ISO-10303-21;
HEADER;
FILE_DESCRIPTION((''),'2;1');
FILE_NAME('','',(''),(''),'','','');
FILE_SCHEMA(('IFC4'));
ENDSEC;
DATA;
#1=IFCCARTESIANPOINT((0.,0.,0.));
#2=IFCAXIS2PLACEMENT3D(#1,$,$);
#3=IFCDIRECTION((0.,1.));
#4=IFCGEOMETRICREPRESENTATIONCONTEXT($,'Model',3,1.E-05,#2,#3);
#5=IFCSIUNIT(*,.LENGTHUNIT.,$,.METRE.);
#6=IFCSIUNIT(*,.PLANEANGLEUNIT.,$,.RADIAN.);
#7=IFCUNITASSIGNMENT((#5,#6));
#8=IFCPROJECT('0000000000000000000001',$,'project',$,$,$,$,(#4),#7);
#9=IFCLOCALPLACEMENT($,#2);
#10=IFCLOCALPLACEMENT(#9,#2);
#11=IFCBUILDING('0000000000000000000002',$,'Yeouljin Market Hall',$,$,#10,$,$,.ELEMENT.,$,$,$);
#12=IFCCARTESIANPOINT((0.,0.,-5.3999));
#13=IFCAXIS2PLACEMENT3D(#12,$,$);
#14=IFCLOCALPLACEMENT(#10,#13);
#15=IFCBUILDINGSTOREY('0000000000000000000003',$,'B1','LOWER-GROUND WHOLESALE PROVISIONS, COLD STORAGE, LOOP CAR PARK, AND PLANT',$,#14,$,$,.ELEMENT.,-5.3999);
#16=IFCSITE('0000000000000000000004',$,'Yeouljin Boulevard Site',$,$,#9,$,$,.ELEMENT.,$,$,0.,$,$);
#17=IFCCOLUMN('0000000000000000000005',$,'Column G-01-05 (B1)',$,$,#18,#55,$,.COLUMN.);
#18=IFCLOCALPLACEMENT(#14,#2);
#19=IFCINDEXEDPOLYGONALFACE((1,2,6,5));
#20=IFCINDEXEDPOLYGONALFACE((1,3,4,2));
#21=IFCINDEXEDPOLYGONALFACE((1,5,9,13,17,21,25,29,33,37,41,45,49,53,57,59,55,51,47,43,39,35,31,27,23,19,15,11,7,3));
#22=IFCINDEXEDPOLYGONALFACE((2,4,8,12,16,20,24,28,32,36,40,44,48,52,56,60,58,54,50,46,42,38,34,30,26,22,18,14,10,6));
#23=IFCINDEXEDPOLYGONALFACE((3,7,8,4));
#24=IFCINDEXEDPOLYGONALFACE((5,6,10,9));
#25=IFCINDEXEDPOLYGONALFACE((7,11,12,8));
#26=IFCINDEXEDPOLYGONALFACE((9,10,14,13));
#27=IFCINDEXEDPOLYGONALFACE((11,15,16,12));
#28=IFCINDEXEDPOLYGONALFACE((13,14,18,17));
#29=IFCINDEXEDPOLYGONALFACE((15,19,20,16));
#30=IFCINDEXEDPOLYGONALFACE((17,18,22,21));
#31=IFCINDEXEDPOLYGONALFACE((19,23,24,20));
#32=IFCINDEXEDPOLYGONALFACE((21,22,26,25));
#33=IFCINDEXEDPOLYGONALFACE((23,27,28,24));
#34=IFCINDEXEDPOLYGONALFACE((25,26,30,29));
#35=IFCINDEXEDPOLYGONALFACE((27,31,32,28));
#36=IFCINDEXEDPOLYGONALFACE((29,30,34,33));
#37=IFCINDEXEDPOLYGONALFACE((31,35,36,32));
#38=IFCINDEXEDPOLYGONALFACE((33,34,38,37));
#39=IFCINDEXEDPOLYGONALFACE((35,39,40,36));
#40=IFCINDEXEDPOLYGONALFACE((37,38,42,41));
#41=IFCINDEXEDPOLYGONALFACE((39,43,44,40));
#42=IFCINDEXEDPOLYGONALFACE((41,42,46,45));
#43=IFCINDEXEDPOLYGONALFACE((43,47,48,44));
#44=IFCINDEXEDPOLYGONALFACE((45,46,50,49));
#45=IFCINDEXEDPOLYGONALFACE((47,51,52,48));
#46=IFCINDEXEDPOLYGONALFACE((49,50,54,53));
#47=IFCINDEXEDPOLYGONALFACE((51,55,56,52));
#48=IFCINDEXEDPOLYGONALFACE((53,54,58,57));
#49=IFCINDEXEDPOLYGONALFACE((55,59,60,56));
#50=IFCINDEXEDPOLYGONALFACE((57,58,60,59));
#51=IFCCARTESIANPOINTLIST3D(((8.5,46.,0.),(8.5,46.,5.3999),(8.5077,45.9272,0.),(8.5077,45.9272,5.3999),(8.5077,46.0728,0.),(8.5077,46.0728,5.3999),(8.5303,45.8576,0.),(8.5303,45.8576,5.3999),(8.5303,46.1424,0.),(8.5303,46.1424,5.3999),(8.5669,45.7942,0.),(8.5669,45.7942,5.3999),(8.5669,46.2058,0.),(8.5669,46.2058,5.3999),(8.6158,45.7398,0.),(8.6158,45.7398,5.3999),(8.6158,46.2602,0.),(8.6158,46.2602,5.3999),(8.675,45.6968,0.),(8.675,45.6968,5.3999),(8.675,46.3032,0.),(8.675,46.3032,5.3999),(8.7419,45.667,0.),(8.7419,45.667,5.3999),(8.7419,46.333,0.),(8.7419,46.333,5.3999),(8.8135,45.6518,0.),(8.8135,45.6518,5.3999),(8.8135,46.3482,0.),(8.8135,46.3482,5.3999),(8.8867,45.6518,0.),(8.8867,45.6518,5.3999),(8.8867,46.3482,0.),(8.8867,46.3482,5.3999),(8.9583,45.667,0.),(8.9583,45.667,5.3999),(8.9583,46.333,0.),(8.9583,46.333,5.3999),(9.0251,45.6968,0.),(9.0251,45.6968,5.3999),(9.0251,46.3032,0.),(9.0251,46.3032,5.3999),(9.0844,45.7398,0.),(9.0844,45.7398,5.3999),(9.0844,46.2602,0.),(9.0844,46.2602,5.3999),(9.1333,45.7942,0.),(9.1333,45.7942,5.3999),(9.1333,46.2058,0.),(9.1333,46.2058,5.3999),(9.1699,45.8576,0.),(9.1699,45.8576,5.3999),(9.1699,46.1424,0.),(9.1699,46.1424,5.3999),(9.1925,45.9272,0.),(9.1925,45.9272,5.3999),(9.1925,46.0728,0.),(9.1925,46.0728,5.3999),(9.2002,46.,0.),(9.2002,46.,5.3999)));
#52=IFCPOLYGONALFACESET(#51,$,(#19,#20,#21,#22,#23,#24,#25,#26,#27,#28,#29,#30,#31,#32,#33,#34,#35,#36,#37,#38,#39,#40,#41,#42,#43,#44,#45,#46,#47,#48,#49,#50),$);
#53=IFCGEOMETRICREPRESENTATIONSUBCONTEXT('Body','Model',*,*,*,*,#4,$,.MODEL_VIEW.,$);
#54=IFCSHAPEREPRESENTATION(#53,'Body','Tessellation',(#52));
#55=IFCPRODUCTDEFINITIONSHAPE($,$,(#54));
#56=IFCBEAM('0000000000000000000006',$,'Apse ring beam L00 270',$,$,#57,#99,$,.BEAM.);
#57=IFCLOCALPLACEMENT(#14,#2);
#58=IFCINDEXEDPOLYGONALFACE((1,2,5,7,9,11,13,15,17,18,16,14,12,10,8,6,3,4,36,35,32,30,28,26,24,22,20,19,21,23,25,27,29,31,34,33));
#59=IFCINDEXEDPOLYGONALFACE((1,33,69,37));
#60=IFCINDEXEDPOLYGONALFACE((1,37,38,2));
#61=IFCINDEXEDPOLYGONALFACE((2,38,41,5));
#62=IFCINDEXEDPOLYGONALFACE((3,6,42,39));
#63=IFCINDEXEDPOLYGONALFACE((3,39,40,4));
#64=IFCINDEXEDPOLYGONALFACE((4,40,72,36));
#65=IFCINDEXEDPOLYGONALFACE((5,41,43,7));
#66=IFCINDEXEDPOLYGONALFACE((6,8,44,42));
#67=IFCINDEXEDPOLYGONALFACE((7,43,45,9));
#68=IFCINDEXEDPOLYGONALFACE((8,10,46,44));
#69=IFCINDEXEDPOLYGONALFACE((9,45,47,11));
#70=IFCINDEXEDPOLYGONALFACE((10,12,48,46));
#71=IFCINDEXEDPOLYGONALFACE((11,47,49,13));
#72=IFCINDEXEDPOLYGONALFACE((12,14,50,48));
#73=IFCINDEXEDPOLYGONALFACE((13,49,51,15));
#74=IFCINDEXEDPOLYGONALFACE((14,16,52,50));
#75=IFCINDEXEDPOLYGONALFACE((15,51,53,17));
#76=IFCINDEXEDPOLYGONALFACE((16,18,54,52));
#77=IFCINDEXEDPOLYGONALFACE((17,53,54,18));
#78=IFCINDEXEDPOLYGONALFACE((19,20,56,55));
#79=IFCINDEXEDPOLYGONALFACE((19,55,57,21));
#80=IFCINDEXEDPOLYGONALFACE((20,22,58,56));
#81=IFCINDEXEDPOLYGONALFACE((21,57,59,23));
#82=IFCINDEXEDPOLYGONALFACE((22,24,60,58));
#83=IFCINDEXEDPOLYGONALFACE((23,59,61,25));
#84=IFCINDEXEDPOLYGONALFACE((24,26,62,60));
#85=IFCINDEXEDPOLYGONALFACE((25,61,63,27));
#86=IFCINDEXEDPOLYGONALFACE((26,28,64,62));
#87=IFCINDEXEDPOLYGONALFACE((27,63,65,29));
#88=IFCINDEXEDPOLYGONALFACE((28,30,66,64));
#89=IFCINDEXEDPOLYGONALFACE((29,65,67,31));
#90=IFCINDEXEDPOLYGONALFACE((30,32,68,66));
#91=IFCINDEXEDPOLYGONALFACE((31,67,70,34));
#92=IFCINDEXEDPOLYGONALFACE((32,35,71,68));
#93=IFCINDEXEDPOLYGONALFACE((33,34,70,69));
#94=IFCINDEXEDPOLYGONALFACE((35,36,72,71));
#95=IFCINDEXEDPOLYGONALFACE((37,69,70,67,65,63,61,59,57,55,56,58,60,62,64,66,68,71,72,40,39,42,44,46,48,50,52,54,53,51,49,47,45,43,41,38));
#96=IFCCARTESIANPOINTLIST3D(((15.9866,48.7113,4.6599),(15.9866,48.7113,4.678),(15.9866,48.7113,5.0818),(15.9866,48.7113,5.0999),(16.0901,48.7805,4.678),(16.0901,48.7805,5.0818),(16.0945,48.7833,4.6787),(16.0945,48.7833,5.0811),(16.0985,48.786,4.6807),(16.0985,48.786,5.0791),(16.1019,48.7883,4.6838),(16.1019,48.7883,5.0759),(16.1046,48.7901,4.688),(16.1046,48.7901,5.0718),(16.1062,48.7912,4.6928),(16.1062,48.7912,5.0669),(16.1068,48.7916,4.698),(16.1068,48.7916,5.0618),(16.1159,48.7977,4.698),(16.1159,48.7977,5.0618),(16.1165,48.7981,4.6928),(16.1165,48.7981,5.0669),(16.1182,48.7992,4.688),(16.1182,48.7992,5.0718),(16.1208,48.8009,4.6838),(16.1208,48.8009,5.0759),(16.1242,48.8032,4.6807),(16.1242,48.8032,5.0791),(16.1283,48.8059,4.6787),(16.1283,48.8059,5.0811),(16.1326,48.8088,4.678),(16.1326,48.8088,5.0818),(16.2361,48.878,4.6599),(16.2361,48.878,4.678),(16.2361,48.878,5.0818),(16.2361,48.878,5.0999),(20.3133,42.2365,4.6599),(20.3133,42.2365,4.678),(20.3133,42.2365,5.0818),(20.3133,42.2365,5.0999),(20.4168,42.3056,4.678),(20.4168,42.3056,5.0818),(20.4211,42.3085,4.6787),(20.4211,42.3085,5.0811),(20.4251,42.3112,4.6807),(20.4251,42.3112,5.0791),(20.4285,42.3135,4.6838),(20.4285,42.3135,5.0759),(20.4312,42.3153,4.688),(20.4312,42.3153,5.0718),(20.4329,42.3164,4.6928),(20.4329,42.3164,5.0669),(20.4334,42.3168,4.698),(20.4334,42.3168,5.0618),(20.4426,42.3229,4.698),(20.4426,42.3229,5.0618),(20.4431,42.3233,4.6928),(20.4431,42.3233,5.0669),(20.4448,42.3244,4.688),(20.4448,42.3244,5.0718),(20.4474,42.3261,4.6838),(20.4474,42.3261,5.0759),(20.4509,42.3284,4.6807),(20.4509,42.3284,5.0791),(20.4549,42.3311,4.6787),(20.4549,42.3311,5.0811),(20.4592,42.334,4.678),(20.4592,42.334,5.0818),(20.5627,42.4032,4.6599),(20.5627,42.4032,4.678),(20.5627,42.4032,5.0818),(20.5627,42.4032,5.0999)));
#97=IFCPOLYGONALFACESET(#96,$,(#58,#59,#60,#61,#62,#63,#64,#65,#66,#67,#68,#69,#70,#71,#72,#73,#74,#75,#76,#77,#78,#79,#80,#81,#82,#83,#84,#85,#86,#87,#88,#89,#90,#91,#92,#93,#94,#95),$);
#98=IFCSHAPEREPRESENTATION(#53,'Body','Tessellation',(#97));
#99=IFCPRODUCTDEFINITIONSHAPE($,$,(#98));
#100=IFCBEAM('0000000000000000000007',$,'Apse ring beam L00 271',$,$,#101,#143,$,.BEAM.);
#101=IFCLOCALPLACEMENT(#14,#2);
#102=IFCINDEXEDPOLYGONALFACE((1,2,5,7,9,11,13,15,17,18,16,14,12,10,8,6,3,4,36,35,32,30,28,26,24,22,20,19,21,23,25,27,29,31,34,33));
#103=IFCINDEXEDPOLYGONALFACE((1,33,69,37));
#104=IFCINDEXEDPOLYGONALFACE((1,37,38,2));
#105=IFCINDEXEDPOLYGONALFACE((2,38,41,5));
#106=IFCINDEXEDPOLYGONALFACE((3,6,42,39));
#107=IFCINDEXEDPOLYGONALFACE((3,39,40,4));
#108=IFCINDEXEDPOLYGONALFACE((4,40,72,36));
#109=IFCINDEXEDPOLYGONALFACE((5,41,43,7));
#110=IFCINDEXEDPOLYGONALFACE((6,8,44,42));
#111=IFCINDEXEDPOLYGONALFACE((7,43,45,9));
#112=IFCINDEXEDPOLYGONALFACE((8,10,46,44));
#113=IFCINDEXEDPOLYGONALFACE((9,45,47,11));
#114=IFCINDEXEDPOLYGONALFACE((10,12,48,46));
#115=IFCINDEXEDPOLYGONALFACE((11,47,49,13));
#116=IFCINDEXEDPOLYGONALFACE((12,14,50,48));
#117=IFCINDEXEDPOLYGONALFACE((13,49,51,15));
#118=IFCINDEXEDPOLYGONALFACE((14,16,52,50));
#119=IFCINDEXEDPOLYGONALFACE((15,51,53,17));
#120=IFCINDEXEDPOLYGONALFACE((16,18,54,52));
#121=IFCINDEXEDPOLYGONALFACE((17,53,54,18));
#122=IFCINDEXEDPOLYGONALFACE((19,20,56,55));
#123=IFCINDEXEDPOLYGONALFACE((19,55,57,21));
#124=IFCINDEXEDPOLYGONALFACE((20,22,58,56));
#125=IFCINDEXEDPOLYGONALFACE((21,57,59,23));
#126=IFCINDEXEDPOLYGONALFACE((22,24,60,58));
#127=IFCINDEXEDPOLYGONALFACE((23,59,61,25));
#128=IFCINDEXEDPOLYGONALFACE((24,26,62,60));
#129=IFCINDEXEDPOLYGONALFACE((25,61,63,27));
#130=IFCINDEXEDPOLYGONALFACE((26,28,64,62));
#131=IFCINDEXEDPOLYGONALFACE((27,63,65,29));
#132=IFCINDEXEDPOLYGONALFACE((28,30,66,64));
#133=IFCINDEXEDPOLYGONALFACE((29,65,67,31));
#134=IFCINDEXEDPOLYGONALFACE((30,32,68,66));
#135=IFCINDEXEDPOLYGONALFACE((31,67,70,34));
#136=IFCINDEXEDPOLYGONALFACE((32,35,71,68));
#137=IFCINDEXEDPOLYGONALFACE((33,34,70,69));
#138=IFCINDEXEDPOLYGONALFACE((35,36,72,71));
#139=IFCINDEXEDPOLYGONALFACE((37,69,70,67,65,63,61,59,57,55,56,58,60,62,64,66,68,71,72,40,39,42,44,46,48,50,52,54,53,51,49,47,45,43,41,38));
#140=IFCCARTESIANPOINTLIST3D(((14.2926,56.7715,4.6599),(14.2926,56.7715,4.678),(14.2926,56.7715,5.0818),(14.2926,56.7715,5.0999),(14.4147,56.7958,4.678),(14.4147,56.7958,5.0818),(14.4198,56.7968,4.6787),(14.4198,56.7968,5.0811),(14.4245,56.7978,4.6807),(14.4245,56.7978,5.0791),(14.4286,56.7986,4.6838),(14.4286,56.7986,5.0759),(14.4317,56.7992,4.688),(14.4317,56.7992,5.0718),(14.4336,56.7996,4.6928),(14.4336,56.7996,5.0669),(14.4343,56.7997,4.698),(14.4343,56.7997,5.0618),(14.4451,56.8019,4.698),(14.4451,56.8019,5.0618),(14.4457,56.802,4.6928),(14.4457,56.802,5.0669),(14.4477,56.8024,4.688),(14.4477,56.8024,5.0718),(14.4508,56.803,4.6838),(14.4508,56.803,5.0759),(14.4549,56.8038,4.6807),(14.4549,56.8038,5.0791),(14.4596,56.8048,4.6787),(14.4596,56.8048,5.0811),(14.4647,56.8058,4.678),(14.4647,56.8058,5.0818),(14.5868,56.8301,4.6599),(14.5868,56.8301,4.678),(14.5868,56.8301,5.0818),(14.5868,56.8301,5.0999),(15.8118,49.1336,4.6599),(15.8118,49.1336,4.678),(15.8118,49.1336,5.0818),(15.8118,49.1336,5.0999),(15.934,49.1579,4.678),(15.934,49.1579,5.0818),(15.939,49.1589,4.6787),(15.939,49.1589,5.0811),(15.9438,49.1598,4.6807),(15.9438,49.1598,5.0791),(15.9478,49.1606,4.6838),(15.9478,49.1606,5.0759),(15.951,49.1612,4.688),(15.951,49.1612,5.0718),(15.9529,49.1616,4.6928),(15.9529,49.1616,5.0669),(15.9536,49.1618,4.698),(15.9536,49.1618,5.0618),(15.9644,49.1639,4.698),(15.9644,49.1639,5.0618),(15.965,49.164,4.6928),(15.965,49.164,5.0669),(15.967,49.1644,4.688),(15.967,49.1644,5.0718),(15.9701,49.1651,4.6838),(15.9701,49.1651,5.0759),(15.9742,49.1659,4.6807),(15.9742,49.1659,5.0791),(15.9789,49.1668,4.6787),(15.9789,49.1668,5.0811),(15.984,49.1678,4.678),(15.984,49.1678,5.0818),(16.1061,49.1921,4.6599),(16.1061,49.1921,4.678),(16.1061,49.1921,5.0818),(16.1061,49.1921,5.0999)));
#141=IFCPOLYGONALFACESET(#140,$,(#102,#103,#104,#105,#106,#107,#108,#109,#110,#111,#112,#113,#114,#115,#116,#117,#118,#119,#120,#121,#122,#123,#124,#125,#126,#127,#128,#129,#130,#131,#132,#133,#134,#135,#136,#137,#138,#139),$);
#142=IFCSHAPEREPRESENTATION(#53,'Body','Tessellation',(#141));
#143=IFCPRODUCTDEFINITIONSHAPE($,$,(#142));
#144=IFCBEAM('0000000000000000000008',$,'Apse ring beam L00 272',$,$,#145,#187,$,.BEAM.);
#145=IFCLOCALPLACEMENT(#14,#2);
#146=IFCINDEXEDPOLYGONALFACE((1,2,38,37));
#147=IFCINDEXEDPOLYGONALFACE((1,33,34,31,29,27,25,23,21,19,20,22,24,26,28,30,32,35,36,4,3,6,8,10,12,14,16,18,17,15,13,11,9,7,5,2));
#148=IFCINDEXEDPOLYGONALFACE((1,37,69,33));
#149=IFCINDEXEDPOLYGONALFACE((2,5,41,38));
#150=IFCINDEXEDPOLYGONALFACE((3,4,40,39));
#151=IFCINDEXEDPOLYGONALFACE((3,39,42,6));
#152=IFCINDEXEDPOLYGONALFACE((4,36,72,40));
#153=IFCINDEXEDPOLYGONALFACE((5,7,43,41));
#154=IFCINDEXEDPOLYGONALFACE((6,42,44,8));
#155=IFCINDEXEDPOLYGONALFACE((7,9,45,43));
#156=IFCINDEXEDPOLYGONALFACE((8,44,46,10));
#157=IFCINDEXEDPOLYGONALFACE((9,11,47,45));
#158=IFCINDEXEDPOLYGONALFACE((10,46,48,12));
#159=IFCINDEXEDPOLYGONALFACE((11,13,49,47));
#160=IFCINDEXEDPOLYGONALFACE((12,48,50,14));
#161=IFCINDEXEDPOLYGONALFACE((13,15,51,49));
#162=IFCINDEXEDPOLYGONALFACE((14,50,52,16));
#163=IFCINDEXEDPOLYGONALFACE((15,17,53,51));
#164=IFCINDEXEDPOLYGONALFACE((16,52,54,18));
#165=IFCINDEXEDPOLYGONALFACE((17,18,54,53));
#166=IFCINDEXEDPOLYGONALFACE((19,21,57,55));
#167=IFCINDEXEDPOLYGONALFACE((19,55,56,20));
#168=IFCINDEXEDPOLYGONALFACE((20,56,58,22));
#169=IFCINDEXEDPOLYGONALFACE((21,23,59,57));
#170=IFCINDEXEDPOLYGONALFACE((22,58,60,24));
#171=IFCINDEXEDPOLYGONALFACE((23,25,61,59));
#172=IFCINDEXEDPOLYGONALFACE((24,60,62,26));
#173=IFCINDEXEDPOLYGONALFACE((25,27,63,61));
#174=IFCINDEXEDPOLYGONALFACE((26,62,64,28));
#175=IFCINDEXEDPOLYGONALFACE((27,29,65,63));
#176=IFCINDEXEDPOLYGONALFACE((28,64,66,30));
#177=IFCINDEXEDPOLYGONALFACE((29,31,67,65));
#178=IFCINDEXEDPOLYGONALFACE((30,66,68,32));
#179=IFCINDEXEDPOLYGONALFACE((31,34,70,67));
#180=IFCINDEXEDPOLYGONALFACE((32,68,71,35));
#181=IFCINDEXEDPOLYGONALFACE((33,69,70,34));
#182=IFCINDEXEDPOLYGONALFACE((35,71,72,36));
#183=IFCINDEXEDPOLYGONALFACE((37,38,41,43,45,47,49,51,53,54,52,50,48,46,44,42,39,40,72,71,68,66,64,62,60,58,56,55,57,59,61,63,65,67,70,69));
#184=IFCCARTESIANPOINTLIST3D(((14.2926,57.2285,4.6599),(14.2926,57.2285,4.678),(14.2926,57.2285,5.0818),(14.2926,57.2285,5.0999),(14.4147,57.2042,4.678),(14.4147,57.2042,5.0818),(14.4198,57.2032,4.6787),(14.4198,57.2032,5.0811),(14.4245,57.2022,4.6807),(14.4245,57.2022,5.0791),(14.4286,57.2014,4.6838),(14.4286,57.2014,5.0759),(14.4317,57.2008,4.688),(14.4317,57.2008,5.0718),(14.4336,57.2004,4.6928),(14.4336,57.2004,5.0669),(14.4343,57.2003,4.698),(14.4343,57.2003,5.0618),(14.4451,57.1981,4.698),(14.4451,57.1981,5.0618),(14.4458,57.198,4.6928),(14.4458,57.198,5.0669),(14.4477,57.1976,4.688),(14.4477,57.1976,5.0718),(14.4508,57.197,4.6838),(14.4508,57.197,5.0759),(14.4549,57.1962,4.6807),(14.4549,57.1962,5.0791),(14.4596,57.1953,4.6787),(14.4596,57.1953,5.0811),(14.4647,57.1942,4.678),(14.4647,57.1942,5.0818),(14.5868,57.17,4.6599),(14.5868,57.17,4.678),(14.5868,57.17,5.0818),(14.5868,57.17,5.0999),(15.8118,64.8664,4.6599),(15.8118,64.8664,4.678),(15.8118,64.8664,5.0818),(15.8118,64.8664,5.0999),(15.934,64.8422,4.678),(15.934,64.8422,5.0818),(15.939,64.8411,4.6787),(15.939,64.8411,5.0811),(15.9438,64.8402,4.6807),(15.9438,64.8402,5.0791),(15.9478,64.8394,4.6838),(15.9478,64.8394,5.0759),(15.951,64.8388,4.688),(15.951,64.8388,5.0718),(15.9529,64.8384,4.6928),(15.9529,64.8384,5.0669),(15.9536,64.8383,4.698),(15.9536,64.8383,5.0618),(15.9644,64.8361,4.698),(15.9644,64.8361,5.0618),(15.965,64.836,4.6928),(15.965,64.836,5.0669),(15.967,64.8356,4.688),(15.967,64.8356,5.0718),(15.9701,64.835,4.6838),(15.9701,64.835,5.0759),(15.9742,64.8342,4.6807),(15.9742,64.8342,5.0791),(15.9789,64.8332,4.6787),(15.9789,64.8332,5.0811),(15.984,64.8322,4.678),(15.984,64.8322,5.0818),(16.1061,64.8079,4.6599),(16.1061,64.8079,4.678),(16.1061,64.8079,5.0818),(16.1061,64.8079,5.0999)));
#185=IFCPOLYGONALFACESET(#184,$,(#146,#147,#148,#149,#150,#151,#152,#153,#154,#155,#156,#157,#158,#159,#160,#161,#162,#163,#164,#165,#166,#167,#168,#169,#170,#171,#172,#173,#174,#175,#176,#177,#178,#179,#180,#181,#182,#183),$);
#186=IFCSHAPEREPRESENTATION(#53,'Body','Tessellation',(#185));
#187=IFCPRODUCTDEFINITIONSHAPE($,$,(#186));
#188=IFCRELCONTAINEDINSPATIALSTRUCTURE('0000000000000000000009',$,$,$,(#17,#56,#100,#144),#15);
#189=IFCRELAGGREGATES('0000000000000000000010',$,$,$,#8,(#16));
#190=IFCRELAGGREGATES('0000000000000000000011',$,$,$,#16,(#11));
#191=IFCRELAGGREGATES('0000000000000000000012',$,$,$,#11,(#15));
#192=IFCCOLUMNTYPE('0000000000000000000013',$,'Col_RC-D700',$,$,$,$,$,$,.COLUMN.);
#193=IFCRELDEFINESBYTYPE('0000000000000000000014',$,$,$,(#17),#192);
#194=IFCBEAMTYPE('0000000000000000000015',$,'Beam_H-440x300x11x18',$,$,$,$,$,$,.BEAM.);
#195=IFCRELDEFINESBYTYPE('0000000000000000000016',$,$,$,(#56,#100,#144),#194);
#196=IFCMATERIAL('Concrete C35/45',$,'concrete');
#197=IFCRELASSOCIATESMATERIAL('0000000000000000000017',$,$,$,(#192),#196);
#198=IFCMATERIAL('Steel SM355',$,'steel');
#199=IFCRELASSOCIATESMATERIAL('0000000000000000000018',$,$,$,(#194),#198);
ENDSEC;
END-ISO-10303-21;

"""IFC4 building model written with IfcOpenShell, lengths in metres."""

from ifc_helpers import new_model, si_unit, direction, frame, origin, origin_2d, place, context, subcontext, project, spatial, circle, i_section, extrude, material, material_profile, profile_set, type_object, element, save


model = new_model("IFC4")

# Units and contexts
model_context = context("Model", 3, precision=1e-05, world=origin(), true_north=direction((0.0, 1.0)))
body_context = subcontext(model_context, "Body", "Model", "MODEL_VIEW")
ifc_project = project(units=[si_unit("LENGTHUNIT", "METRE"), si_unit("PLANEANGLEUNIT", "RADIAN")], contexts=[model_context])

# Site, building, storey
site_placement = place(None, origin())
site = spatial("IfcSite", under=ifc_project, at=site_placement, Name="Yeouljin Boulevard Site", CompositionType="ELEMENT", RefElevation=0.0)
building_placement = place(site_placement, origin())
building = spatial("IfcBuilding", under=site, at=building_placement, Name="Yeouljin Market Hall", CompositionType="ELEMENT")
storey_placement = place(building_placement, frame((0.0, 0.0, -5.3999)))
storey = spatial("IfcBuildingStorey", under=building, at=storey_placement, Name="B1", Description="LOWER-GROUND WHOLESALE PROVISIONS, COLD STORAGE, LOOP CAR PARK, AND PLANT", CompositionType="ELEMENT", Elevation=-5.3999)

# Column
ifc_material_1 = material(Name="Concrete C35/45", Category="concrete")
ifc_material_profile_1 = material_profile(ifc_material_1, circle(Radius=0.3501, at=origin_2d()), Name="RC-D700")
ifc_profile_set_1 = profile_set([ifc_material_profile_1], Name="Concrete C35/45")
column_type_1 = type_object("IfcColumnType", Name="Col_RC-D700", PredefinedType="COLUMN", material=ifc_profile_set_1)
column_1_placement = place(storey_placement, frame((8.8501, 46.0, 0.0), z_axis=(0.0, 0.0, 1.0), x_axis=(1.0, 0.0, 0.0)))
element("IfcColumn", 1, at=column_1_placement, inside=storey, type_object=column_type_1, Name="Column G-01-05 (B1)", PredefinedType="COLUMN", context=body_context, shape_type="SweptSolid", body=[
    extrude(circle(Radius=0.3501, at=origin_2d()), origin(), (0.0, 0.0, 1.0), 5.3999),
])

# Beams
ifc_material_2 = material(Name="Steel SM355", Category="steel")
ifc_material_profile_2 = material_profile(ifc_material_2, i_section(OverallWidth=0.3, OverallDepth=0.4399, WebThickness=0.011, FlangeThickness=0.0181, FilletRadius=0.02, at=origin_2d()), Name="H-440x300x11x18")
ifc_profile_set_2 = profile_set([ifc_material_profile_2], Name="Steel SM355")
beam_type_1 = type_object("IfcBeamType", Name="Beam_H-440x300x11x18", PredefinedType="BEAM", material=ifc_profile_set_2)
beam_1_placement = place(storey_placement, frame((20.438, 42.3198, 4.8799), z_axis=(-0.555597, 0.831452, 0.0), x_axis=(-0.831452, -0.555597, 0.0)))
element("IfcBeam", 2, at=beam_1_placement, inside=storey, type_object=beam_type_1, Name="Apse ring beam L00 270", PredefinedType="BEAM", context=body_context, shape_type="SweptSolid", body=[
    extrude(i_section(OverallWidth=0.3, OverallDepth=0.4399, WebThickness=0.011, FlangeThickness=0.0181, FilletRadius=0.02, at=origin_2d()), origin(), (0.0, 0.0, 1.0), 7.7874),
])
for number, where, z_axis, x_axis, name in (
    (3, (15.959, 49.1628, 4.8799), (-0.195091, 0.980785, 0.0), (-0.980785, -0.195091, 0.0), "Apse ring beam L00 271"),
    (4, (14.4397, 57.1992, 4.8799), (0.195091, 0.980785, 0.0), (-0.980785, 0.195091, 0.0), "Apse ring beam L00 272"),
):
    element("IfcBeam", number, at=place(storey_placement, frame(where, z_axis=z_axis, x_axis=x_axis)), inside=storey, type_object=beam_type_1, Name=name, PredefinedType="BEAM", context=body_context, shape_type="SweptSolid", body=[
        extrude(i_section(OverallWidth=0.3, OverallDepth=0.4399, WebThickness=0.011, FlangeThickness=0.0181, FilletRadius=0.02, at=origin_2d()), origin(), (0.0, 0.0, 1.0), 7.7876),
    ])

save(model, "model.ifc")
